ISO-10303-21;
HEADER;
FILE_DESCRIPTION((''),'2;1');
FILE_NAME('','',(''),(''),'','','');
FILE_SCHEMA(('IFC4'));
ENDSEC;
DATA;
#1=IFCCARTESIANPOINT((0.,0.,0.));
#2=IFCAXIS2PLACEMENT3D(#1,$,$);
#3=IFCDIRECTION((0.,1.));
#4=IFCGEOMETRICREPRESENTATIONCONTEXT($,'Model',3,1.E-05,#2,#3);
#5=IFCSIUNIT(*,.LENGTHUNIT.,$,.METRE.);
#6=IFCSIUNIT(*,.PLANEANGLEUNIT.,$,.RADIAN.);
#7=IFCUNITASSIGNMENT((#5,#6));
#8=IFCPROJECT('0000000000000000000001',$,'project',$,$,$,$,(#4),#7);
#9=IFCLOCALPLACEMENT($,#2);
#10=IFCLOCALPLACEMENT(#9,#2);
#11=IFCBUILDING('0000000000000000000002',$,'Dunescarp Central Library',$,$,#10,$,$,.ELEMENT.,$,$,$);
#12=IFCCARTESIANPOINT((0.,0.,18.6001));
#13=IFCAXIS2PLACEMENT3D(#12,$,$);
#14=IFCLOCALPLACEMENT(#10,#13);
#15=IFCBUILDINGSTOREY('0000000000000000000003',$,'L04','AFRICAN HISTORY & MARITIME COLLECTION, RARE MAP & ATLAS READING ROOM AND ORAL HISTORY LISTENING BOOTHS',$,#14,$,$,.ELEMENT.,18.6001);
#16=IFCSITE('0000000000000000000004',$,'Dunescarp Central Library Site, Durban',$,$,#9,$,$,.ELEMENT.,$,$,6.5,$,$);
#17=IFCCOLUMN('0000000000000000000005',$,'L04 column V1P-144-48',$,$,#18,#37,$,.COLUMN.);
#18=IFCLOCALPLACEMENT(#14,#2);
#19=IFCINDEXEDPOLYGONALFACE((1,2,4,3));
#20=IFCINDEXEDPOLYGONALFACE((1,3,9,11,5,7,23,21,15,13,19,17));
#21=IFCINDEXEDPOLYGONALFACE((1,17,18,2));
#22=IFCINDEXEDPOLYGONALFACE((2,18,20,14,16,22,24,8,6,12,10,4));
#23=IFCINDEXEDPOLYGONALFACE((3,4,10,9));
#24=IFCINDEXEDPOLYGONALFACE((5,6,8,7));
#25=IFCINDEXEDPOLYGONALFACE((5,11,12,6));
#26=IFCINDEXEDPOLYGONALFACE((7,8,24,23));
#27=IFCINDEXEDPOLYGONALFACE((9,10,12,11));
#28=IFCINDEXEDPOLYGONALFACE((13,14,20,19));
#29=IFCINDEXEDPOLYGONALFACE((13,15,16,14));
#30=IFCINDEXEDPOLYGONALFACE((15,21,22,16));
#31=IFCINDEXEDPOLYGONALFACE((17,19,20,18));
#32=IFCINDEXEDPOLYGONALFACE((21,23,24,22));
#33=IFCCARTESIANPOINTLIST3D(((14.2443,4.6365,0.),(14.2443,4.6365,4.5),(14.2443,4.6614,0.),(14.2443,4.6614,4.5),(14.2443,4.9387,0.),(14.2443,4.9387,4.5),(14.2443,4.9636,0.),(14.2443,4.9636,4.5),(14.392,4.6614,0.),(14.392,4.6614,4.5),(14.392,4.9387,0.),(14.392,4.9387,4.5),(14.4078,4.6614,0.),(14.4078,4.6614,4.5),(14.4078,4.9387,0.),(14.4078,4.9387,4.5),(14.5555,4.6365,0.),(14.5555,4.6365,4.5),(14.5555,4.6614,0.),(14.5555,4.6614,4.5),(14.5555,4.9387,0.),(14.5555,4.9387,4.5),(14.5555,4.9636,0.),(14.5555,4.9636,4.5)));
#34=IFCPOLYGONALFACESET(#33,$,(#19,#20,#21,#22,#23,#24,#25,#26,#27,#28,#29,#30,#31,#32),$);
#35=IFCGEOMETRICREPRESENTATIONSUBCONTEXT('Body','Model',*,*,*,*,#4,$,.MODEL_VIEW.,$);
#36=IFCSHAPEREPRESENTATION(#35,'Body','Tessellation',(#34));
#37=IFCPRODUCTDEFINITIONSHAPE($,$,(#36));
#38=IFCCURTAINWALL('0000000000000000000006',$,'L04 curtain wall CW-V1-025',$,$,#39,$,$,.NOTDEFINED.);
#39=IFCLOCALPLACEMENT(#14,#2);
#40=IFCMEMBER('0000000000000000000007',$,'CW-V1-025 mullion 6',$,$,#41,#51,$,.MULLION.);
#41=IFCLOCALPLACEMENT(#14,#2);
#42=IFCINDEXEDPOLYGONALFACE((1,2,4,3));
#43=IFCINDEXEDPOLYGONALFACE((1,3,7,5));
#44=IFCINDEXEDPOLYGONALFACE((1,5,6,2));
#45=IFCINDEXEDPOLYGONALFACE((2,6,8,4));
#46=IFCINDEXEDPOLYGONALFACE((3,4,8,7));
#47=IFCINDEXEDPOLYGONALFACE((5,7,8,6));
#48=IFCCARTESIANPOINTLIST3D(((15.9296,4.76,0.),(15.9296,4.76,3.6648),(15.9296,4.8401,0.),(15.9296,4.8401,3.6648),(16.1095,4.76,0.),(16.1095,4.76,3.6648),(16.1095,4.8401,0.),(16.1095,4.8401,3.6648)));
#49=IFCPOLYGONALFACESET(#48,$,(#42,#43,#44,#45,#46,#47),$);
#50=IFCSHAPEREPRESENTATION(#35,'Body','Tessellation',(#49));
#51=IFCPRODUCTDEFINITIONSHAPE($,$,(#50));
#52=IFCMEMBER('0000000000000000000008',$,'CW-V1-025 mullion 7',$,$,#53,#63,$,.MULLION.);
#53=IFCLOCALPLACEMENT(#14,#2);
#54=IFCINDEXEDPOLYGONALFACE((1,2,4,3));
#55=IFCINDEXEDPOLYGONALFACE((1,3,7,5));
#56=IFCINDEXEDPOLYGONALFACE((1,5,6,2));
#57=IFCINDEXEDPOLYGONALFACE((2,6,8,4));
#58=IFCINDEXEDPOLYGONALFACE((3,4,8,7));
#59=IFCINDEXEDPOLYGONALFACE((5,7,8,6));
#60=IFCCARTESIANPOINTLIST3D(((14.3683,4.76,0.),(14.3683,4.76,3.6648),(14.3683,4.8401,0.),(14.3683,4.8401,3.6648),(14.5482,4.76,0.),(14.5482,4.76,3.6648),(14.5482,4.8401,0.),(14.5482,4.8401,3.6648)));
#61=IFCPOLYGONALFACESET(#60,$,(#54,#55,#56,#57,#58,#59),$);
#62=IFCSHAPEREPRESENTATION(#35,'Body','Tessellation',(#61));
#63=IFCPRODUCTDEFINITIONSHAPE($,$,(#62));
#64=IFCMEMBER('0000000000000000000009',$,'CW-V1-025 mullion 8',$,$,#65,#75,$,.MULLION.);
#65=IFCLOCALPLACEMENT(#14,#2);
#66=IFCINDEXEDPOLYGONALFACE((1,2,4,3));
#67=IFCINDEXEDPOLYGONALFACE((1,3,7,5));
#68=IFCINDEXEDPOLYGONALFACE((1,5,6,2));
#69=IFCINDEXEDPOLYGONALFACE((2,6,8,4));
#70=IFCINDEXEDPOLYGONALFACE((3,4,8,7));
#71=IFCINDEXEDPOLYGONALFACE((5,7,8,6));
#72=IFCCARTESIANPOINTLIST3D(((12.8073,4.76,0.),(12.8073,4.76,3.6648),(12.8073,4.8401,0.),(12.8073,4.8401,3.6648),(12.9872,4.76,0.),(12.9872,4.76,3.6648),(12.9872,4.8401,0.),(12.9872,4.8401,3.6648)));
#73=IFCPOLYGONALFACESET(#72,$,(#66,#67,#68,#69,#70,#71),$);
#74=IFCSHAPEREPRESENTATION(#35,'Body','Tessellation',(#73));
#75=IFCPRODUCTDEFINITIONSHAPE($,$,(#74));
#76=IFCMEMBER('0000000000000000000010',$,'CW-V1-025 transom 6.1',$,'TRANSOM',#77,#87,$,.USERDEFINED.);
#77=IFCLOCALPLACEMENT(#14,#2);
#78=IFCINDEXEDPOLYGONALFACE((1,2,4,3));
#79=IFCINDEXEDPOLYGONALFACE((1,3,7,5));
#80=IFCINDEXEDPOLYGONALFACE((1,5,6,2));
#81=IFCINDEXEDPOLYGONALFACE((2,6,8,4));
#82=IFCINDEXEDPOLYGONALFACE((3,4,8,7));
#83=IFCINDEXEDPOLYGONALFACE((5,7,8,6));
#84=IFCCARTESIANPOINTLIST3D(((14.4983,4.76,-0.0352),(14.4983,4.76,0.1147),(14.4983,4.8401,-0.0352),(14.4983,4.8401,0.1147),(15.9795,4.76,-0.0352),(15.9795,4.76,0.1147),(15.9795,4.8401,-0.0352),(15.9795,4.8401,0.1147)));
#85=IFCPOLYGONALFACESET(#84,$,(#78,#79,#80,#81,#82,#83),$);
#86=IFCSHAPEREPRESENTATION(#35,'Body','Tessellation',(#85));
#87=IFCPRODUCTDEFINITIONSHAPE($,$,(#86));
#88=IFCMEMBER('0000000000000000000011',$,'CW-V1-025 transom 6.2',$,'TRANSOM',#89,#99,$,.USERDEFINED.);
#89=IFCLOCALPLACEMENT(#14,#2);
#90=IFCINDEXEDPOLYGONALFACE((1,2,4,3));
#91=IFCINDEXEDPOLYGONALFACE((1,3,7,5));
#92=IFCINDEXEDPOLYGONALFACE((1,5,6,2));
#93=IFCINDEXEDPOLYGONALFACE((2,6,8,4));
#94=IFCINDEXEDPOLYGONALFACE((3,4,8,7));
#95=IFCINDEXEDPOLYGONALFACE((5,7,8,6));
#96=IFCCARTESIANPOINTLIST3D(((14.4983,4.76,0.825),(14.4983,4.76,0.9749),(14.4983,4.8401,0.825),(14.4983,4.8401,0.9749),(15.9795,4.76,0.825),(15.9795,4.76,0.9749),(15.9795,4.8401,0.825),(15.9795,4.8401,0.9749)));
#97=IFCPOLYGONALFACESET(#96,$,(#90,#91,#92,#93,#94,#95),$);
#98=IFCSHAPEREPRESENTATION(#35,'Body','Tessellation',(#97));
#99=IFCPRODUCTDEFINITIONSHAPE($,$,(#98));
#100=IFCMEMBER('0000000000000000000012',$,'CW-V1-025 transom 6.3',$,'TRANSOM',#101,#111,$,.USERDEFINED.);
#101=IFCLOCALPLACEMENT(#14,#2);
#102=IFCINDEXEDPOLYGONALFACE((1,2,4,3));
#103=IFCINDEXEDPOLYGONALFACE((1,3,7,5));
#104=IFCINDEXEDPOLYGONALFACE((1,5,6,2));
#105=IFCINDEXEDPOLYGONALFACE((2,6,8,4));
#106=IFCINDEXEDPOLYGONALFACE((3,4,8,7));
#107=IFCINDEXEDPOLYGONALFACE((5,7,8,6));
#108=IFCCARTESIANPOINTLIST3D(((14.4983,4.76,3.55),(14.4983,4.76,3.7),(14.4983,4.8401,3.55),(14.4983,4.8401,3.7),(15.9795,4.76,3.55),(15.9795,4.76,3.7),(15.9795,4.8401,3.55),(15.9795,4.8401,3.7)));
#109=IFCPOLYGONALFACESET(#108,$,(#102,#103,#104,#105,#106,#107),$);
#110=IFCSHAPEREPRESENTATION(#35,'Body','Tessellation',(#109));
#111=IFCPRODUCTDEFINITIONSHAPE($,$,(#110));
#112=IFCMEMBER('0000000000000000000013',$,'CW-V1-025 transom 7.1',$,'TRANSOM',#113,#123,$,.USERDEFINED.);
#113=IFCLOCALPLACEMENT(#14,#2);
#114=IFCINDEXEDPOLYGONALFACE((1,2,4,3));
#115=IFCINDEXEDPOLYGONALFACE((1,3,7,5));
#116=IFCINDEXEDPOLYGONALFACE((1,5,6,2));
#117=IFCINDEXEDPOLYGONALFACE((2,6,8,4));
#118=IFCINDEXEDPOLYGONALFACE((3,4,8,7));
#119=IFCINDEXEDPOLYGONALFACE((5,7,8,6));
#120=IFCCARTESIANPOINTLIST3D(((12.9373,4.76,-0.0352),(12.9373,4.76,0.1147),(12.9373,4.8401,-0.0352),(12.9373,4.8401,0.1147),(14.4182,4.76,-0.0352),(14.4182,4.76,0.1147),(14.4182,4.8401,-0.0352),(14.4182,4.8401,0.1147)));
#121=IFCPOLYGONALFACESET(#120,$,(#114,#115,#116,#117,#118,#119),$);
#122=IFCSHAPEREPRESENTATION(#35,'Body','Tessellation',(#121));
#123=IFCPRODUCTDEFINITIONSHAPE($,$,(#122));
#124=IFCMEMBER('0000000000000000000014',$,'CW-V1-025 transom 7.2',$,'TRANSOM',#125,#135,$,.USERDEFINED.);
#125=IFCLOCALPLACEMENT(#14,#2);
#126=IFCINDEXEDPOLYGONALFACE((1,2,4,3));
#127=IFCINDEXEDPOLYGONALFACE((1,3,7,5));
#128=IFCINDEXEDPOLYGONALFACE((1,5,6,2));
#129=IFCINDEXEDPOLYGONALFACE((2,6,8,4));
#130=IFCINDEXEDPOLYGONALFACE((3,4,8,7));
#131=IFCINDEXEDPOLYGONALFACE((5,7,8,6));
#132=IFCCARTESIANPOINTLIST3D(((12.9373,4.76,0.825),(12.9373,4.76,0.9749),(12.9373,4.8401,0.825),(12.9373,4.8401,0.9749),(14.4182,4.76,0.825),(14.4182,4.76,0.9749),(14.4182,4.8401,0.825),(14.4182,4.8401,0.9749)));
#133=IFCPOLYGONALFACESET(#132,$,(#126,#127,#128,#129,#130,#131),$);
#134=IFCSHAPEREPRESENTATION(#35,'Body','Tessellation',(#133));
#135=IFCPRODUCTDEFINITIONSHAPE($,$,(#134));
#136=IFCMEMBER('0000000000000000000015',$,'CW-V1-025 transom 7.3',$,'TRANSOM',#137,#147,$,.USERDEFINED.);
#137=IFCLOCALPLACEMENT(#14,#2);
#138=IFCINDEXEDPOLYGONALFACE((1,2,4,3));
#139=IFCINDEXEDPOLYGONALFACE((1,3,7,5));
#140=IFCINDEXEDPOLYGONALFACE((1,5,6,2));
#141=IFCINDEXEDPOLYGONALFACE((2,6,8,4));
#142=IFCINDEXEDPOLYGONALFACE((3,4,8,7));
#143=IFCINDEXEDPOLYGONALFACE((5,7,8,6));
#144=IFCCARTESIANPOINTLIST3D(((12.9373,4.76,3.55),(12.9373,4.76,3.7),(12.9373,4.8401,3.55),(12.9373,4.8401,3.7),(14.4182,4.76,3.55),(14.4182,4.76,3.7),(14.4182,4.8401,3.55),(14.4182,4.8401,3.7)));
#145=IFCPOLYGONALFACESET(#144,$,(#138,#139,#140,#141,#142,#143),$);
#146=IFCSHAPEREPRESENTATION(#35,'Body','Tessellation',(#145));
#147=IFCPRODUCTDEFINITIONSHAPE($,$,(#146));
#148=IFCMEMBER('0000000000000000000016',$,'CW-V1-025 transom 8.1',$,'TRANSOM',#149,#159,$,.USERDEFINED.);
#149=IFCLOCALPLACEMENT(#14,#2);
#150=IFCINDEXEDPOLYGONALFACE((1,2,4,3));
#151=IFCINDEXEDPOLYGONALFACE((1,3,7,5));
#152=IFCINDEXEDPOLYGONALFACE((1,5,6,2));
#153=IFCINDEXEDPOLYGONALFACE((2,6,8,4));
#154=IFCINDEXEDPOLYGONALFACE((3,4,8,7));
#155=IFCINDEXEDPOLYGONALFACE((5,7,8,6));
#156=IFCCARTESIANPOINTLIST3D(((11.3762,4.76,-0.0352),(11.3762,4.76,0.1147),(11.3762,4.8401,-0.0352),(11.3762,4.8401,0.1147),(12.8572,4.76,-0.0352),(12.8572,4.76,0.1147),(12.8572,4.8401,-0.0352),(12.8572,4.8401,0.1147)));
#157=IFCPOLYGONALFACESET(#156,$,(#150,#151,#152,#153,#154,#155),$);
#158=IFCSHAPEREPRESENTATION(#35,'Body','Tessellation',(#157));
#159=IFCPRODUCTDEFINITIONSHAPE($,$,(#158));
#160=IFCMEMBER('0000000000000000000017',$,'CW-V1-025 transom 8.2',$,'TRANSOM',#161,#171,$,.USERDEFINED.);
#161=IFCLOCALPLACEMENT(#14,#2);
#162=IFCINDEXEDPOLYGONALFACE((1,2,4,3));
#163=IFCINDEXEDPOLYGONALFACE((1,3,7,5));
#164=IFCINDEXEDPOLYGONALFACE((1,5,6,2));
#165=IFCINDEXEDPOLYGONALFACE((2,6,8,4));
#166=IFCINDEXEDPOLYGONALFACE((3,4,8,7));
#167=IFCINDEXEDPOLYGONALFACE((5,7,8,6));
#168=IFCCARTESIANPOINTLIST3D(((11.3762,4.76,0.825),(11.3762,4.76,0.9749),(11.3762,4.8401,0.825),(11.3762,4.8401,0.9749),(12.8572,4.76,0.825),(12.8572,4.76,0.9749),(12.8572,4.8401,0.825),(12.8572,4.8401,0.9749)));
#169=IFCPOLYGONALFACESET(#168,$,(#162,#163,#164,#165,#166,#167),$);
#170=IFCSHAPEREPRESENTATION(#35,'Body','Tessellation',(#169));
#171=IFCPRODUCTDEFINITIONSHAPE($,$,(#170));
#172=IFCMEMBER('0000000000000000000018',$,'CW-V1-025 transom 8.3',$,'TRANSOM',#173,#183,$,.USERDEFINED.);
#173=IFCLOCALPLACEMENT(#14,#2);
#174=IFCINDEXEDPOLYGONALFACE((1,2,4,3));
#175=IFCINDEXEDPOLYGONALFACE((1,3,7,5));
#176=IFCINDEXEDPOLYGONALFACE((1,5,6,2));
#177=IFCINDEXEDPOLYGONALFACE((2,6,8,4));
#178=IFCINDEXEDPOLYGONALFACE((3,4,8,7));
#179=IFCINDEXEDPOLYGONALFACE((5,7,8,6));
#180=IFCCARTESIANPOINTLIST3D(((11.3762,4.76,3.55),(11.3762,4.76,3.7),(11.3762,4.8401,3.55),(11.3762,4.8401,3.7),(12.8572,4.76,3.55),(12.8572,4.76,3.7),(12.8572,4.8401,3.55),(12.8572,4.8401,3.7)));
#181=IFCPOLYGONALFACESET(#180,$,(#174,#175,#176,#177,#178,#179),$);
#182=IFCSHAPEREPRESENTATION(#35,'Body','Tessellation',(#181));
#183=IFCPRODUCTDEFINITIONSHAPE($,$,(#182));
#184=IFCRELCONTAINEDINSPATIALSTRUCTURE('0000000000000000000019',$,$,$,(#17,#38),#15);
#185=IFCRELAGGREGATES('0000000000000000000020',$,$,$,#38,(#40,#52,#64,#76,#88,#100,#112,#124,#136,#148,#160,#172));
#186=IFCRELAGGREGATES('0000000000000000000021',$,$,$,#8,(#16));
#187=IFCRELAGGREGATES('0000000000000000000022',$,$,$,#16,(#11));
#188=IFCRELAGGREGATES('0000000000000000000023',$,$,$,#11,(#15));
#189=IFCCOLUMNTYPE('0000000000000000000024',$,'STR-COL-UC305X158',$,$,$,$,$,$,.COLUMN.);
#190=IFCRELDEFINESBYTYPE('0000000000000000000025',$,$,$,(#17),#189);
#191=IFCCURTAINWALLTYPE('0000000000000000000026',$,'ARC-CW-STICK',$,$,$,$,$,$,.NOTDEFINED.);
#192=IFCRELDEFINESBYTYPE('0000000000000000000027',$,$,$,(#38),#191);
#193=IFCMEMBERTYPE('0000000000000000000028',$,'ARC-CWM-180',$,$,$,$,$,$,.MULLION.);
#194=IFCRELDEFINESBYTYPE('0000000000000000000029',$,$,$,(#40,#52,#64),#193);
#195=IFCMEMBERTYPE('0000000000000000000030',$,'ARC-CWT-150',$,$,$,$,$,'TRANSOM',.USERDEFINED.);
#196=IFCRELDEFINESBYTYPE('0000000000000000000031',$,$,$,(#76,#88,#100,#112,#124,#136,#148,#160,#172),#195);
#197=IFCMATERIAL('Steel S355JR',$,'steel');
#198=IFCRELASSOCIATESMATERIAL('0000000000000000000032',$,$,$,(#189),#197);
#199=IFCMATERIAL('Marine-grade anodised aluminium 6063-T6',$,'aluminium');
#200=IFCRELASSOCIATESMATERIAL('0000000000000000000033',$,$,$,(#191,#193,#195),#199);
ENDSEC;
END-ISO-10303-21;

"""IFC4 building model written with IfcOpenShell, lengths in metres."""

from ifc_helpers import new_model, si_unit, direction, frame, origin, origin_2d, place, context, subcontext, project, spatial, rectangle, i_section, extrude, material, material_profile, profile_set, type_object, element, aggregate, save


model = new_model("IFC4")

# Units and contexts
model_context = context("Model", 3, precision=1e-05, world=origin(), true_north=direction((0.0, 1.0)))
body_context = subcontext(model_context, "Body", "Model", "MODEL_VIEW")
ifc_project = project(units=[si_unit("LENGTHUNIT", "METRE"), si_unit("PLANEANGLEUNIT", "RADIAN")], contexts=[model_context])

# Site, building, storey
site_placement = place(None, origin())
site = spatial("IfcSite", under=ifc_project, at=site_placement, Name="Dunescarp Central Library Site, Durban", CompositionType="ELEMENT", RefElevation=6.5)
building_placement = place(site_placement, origin())
building = spatial("IfcBuilding", under=site, at=building_placement, Name="Dunescarp Central Library", CompositionType="ELEMENT")
storey_placement = place(building_placement, frame((0.0, 0.0, 18.6001)))
storey = spatial("IfcBuildingStorey", under=building, at=storey_placement, Name="L04", Description="AFRICAN HISTORY & MARITIME COLLECTION, RARE MAP & ATLAS READING ROOM AND ORAL HISTORY LISTENING BOOTHS", CompositionType="ELEMENT", Elevation=18.6001)

# Column
ifc_material_1 = material(Name="Steel S355JR", Category="steel")
ifc_material_profile_1 = material_profile(ifc_material_1, i_section(OverallWidth=0.3113, OverallDepth=0.3271, WebThickness=0.0159, FlangeThickness=0.0249, at=origin_2d()), Name="UC 305x305x158")
ifc_profile_set_1 = profile_set([ifc_material_profile_1], Name="Steel S355JR")
column_type = type_object("IfcColumnType", Name="STR-COL-UC305X158", PredefinedType="COLUMN", material=ifc_profile_set_1)
column_placement = place(storey_placement, frame((14.3999, 4.8, 0.0), z_axis=(0.0, 0.0, 1.0), x_axis=(1.0, 0.0, 0.0)))
element("IfcColumn", 1, at=column_placement, inside=storey, type_object=column_type, Name="L04 column V1P-144-48", PredefinedType="COLUMN", context=body_context, shape_type="SweptSolid", body=[
    extrude(i_section(OverallWidth=0.3113, OverallDepth=0.3271, WebThickness=0.0159, FlangeThickness=0.0249, at=origin_2d()), origin(), (0.0, 0.0, 1.0), 4.5),
])

# Curtain wall, members
ifc_material_2 = material(Name="Marine-grade anodised aluminium 6063-T6", Category="aluminium")
curtain_wall_type = type_object("IfcCurtainWallType", Name="ARC-CW-STICK", PredefinedType="NOTDEFINED", material=ifc_material_2)
curtain_wall_placement = place(storey_placement, origin())
curtain_wall = element("IfcCurtainWall", 2, at=curtain_wall_placement, inside=storey, type_object=curtain_wall_type, Name="L04 curtain wall CW-V1-025", PredefinedType="NOTDEFINED")
ifc_material_profile_2 = material_profile(ifc_material_2, rectangle(XDim=0.0801, YDim=0.1799, at=origin_2d()), Name="AL 80x180")
ifc_profile_set_2 = profile_set([ifc_material_profile_2], Name="Marine-grade anodised aluminium 6063-T6")
member_type_1 = type_object("IfcMemberType", Name="ARC-CWM-180", PredefinedType="MULLION", material=ifc_profile_set_2)
member_1_placement = place(storey_placement, frame((16.0195, 4.8, 0.0), z_axis=(0.0, 0.0, 1.0), x_axis=(0.0, -1.0, 0.0)))
member_1 = element("IfcMember", 3, at=member_1_placement, type_object=member_type_1, Name="CW-V1-025 mullion 6", PredefinedType="MULLION", context=body_context, shape_type="SweptSolid", body=[
    extrude(rectangle(XDim=0.0801, YDim=0.1799, at=origin_2d()), origin(), (0.0, 0.0, 1.0), 3.6648),
])
member_2_placement = place(storey_placement, frame((14.4583, 4.8, 0.0), z_axis=(0.0, 0.0, 1.0), x_axis=(0.0, -1.0, 0.0)))
member_2 = element("IfcMember", 4, at=member_2_placement, type_object=member_type_1, Name="CW-V1-025 mullion 7", PredefinedType="MULLION", context=body_context, shape_type="SweptSolid", body=[
    extrude(rectangle(XDim=0.0801, YDim=0.1799, at=origin_2d()), origin(), (0.0, 0.0, 1.0), 3.6648),
])
member_3_placement = place(storey_placement, frame((12.8972, 4.8, 0.0), z_axis=(0.0, 0.0, 1.0), x_axis=(0.0, -1.0, 0.0)))
member_3 = element("IfcMember", 5, at=member_3_placement, type_object=member_type_1, Name="CW-V1-025 mullion 8", PredefinedType="MULLION", context=body_context, shape_type="SweptSolid", body=[
    extrude(rectangle(XDim=0.0801, YDim=0.1799, at=origin_2d()), origin(), (0.0, 0.0, 1.0), 3.6648),
])
ifc_material_profile_3 = material_profile(ifc_material_2, rectangle(XDim=0.0801, YDim=0.1499, at=origin_2d()), Name="AL 80x150")
ifc_profile_set_3 = profile_set([ifc_material_profile_3], Name="Marine-grade anodised aluminium 6063-T6")
member_type_2 = type_object("IfcMemberType", Name="ARC-CWT-150", ElementType="TRANSOM", PredefinedType="USERDEFINED", material=ifc_profile_set_3)
member_4_placement = place(storey_placement, frame((15.9795, 4.8, 0.0398), z_axis=(-1.0, 0.0, 0.0), x_axis=(0.0, -1.0, 0.0)))
member_4 = element("IfcMember", 6, at=member_4_placement, type_object=member_type_2, Name="CW-V1-025 transom 6.1", ObjectType="TRANSOM", PredefinedType="USERDEFINED", context=body_context, shape_type="SweptSolid", body=[
    extrude(rectangle(XDim=0.0801, YDim=0.1499, at=origin_2d()), origin(), (0.0, 0.0, 1.0), 1.4812),
])
member_5_placement = place(storey_placement, frame((15.9795, 4.8, 0.8999), z_axis=(-1.0, 0.0, 0.0), x_axis=(0.0, -1.0, 0.0)))
member_5 = element("IfcMember", 7, at=member_5_placement, type_object=member_type_2, Name="CW-V1-025 transom 6.2", ObjectType="TRANSOM", PredefinedType="USERDEFINED", context=body_context, shape_type="SweptSolid", body=[
    extrude(rectangle(XDim=0.0801, YDim=0.1499, at=origin_2d()), origin(), (0.0, 0.0, 1.0), 1.4812),
])
member_6_placement = place(storey_placement, frame((15.9795, 4.8, 3.625), z_axis=(-1.0, 0.0, 0.0), x_axis=(0.0, -1.0, 0.0)))
member_6 = element("IfcMember", 8, at=member_6_placement, type_object=member_type_2, Name="CW-V1-025 transom 6.3", ObjectType="TRANSOM", PredefinedType="USERDEFINED", context=body_context, shape_type="SweptSolid", body=[
    extrude(rectangle(XDim=0.0801, YDim=0.1499, at=origin_2d()), origin(), (0.0, 0.0, 1.0), 1.4812),
])
member_7_placement = place(storey_placement, frame((14.4182, 4.8, 0.0398), z_axis=(-1.0, 0.0, 0.0), x_axis=(0.0, -1.0, 0.0)))
member_7 = element("IfcMember", 9, at=member_7_placement, type_object=member_type_2, Name="CW-V1-025 transom 7.1", ObjectType="TRANSOM", PredefinedType="USERDEFINED", context=body_context, shape_type="SweptSolid", body=[
    extrude(rectangle(XDim=0.0801, YDim=0.1499, at=origin_2d()), origin(), (0.0, 0.0, 1.0), 1.481),
])
member_8_placement = place(storey_placement, frame((14.4182, 4.8, 0.8999), z_axis=(-1.0, 0.0, 0.0), x_axis=(0.0, -1.0, 0.0)))
member_8 = element("IfcMember", 10, at=member_8_placement, type_object=member_type_2, Name="CW-V1-025 transom 7.2", ObjectType="TRANSOM", PredefinedType="USERDEFINED", context=body_context, shape_type="SweptSolid", body=[
    extrude(rectangle(XDim=0.0801, YDim=0.1499, at=origin_2d()), origin(), (0.0, 0.0, 1.0), 1.481),
])
member_9_placement = place(storey_placement, frame((14.4182, 4.8, 3.625), z_axis=(-1.0, 0.0, 0.0), x_axis=(0.0, -1.0, 0.0)))
member_9 = element("IfcMember", 11, at=member_9_placement, type_object=member_type_2, Name="CW-V1-025 transom 7.3", ObjectType="TRANSOM", PredefinedType="USERDEFINED", context=body_context, shape_type="SweptSolid", body=[
    extrude(rectangle(XDim=0.0801, YDim=0.1499, at=origin_2d()), origin(), (0.0, 0.0, 1.0), 1.481),
])
member_10_placement = place(storey_placement, frame((12.8572, 4.8, 0.0398), z_axis=(-1.0, 0.0, 0.0), x_axis=(0.0, -1.0, 0.0)))
member_10 = element("IfcMember", 12, at=member_10_placement, type_object=member_type_2, Name="CW-V1-025 transom 8.1", ObjectType="TRANSOM", PredefinedType="USERDEFINED", context=body_context, shape_type="SweptSolid", body=[
    extrude(rectangle(XDim=0.0801, YDim=0.1499, at=origin_2d()), origin(), (0.0, 0.0, 1.0), 1.481),
])
member_11_placement = place(storey_placement, frame((12.8572, 4.8, 0.8999), z_axis=(-1.0, 0.0, 0.0), x_axis=(0.0, -1.0, 0.0)))
member_11 = element("IfcMember", 13, at=member_11_placement, type_object=member_type_2, Name="CW-V1-025 transom 8.2", ObjectType="TRANSOM", PredefinedType="USERDEFINED", context=body_context, shape_type="SweptSolid", body=[
    extrude(rectangle(XDim=0.0801, YDim=0.1499, at=origin_2d()), origin(), (0.0, 0.0, 1.0), 1.481),
])
member_12_placement = place(storey_placement, frame((12.8572, 4.8, 3.625), z_axis=(-1.0, 0.0, 0.0), x_axis=(0.0, -1.0, 0.0)))
member_12 = element("IfcMember", 14, at=member_12_placement, type_object=member_type_2, Name="CW-V1-025 transom 8.3", ObjectType="TRANSOM", PredefinedType="USERDEFINED", context=body_context, shape_type="SweptSolid", body=[
    extrude(rectangle(XDim=0.0801, YDim=0.1499, at=origin_2d()), origin(), (0.0, 0.0, 1.0), 1.481),
])

aggregate(curtain_wall, [member_1, member_2, member_3, member_4, member_5, member_6, member_7, member_8, member_9, member_10, member_11, member_12])

save(model, "model.ifc")
